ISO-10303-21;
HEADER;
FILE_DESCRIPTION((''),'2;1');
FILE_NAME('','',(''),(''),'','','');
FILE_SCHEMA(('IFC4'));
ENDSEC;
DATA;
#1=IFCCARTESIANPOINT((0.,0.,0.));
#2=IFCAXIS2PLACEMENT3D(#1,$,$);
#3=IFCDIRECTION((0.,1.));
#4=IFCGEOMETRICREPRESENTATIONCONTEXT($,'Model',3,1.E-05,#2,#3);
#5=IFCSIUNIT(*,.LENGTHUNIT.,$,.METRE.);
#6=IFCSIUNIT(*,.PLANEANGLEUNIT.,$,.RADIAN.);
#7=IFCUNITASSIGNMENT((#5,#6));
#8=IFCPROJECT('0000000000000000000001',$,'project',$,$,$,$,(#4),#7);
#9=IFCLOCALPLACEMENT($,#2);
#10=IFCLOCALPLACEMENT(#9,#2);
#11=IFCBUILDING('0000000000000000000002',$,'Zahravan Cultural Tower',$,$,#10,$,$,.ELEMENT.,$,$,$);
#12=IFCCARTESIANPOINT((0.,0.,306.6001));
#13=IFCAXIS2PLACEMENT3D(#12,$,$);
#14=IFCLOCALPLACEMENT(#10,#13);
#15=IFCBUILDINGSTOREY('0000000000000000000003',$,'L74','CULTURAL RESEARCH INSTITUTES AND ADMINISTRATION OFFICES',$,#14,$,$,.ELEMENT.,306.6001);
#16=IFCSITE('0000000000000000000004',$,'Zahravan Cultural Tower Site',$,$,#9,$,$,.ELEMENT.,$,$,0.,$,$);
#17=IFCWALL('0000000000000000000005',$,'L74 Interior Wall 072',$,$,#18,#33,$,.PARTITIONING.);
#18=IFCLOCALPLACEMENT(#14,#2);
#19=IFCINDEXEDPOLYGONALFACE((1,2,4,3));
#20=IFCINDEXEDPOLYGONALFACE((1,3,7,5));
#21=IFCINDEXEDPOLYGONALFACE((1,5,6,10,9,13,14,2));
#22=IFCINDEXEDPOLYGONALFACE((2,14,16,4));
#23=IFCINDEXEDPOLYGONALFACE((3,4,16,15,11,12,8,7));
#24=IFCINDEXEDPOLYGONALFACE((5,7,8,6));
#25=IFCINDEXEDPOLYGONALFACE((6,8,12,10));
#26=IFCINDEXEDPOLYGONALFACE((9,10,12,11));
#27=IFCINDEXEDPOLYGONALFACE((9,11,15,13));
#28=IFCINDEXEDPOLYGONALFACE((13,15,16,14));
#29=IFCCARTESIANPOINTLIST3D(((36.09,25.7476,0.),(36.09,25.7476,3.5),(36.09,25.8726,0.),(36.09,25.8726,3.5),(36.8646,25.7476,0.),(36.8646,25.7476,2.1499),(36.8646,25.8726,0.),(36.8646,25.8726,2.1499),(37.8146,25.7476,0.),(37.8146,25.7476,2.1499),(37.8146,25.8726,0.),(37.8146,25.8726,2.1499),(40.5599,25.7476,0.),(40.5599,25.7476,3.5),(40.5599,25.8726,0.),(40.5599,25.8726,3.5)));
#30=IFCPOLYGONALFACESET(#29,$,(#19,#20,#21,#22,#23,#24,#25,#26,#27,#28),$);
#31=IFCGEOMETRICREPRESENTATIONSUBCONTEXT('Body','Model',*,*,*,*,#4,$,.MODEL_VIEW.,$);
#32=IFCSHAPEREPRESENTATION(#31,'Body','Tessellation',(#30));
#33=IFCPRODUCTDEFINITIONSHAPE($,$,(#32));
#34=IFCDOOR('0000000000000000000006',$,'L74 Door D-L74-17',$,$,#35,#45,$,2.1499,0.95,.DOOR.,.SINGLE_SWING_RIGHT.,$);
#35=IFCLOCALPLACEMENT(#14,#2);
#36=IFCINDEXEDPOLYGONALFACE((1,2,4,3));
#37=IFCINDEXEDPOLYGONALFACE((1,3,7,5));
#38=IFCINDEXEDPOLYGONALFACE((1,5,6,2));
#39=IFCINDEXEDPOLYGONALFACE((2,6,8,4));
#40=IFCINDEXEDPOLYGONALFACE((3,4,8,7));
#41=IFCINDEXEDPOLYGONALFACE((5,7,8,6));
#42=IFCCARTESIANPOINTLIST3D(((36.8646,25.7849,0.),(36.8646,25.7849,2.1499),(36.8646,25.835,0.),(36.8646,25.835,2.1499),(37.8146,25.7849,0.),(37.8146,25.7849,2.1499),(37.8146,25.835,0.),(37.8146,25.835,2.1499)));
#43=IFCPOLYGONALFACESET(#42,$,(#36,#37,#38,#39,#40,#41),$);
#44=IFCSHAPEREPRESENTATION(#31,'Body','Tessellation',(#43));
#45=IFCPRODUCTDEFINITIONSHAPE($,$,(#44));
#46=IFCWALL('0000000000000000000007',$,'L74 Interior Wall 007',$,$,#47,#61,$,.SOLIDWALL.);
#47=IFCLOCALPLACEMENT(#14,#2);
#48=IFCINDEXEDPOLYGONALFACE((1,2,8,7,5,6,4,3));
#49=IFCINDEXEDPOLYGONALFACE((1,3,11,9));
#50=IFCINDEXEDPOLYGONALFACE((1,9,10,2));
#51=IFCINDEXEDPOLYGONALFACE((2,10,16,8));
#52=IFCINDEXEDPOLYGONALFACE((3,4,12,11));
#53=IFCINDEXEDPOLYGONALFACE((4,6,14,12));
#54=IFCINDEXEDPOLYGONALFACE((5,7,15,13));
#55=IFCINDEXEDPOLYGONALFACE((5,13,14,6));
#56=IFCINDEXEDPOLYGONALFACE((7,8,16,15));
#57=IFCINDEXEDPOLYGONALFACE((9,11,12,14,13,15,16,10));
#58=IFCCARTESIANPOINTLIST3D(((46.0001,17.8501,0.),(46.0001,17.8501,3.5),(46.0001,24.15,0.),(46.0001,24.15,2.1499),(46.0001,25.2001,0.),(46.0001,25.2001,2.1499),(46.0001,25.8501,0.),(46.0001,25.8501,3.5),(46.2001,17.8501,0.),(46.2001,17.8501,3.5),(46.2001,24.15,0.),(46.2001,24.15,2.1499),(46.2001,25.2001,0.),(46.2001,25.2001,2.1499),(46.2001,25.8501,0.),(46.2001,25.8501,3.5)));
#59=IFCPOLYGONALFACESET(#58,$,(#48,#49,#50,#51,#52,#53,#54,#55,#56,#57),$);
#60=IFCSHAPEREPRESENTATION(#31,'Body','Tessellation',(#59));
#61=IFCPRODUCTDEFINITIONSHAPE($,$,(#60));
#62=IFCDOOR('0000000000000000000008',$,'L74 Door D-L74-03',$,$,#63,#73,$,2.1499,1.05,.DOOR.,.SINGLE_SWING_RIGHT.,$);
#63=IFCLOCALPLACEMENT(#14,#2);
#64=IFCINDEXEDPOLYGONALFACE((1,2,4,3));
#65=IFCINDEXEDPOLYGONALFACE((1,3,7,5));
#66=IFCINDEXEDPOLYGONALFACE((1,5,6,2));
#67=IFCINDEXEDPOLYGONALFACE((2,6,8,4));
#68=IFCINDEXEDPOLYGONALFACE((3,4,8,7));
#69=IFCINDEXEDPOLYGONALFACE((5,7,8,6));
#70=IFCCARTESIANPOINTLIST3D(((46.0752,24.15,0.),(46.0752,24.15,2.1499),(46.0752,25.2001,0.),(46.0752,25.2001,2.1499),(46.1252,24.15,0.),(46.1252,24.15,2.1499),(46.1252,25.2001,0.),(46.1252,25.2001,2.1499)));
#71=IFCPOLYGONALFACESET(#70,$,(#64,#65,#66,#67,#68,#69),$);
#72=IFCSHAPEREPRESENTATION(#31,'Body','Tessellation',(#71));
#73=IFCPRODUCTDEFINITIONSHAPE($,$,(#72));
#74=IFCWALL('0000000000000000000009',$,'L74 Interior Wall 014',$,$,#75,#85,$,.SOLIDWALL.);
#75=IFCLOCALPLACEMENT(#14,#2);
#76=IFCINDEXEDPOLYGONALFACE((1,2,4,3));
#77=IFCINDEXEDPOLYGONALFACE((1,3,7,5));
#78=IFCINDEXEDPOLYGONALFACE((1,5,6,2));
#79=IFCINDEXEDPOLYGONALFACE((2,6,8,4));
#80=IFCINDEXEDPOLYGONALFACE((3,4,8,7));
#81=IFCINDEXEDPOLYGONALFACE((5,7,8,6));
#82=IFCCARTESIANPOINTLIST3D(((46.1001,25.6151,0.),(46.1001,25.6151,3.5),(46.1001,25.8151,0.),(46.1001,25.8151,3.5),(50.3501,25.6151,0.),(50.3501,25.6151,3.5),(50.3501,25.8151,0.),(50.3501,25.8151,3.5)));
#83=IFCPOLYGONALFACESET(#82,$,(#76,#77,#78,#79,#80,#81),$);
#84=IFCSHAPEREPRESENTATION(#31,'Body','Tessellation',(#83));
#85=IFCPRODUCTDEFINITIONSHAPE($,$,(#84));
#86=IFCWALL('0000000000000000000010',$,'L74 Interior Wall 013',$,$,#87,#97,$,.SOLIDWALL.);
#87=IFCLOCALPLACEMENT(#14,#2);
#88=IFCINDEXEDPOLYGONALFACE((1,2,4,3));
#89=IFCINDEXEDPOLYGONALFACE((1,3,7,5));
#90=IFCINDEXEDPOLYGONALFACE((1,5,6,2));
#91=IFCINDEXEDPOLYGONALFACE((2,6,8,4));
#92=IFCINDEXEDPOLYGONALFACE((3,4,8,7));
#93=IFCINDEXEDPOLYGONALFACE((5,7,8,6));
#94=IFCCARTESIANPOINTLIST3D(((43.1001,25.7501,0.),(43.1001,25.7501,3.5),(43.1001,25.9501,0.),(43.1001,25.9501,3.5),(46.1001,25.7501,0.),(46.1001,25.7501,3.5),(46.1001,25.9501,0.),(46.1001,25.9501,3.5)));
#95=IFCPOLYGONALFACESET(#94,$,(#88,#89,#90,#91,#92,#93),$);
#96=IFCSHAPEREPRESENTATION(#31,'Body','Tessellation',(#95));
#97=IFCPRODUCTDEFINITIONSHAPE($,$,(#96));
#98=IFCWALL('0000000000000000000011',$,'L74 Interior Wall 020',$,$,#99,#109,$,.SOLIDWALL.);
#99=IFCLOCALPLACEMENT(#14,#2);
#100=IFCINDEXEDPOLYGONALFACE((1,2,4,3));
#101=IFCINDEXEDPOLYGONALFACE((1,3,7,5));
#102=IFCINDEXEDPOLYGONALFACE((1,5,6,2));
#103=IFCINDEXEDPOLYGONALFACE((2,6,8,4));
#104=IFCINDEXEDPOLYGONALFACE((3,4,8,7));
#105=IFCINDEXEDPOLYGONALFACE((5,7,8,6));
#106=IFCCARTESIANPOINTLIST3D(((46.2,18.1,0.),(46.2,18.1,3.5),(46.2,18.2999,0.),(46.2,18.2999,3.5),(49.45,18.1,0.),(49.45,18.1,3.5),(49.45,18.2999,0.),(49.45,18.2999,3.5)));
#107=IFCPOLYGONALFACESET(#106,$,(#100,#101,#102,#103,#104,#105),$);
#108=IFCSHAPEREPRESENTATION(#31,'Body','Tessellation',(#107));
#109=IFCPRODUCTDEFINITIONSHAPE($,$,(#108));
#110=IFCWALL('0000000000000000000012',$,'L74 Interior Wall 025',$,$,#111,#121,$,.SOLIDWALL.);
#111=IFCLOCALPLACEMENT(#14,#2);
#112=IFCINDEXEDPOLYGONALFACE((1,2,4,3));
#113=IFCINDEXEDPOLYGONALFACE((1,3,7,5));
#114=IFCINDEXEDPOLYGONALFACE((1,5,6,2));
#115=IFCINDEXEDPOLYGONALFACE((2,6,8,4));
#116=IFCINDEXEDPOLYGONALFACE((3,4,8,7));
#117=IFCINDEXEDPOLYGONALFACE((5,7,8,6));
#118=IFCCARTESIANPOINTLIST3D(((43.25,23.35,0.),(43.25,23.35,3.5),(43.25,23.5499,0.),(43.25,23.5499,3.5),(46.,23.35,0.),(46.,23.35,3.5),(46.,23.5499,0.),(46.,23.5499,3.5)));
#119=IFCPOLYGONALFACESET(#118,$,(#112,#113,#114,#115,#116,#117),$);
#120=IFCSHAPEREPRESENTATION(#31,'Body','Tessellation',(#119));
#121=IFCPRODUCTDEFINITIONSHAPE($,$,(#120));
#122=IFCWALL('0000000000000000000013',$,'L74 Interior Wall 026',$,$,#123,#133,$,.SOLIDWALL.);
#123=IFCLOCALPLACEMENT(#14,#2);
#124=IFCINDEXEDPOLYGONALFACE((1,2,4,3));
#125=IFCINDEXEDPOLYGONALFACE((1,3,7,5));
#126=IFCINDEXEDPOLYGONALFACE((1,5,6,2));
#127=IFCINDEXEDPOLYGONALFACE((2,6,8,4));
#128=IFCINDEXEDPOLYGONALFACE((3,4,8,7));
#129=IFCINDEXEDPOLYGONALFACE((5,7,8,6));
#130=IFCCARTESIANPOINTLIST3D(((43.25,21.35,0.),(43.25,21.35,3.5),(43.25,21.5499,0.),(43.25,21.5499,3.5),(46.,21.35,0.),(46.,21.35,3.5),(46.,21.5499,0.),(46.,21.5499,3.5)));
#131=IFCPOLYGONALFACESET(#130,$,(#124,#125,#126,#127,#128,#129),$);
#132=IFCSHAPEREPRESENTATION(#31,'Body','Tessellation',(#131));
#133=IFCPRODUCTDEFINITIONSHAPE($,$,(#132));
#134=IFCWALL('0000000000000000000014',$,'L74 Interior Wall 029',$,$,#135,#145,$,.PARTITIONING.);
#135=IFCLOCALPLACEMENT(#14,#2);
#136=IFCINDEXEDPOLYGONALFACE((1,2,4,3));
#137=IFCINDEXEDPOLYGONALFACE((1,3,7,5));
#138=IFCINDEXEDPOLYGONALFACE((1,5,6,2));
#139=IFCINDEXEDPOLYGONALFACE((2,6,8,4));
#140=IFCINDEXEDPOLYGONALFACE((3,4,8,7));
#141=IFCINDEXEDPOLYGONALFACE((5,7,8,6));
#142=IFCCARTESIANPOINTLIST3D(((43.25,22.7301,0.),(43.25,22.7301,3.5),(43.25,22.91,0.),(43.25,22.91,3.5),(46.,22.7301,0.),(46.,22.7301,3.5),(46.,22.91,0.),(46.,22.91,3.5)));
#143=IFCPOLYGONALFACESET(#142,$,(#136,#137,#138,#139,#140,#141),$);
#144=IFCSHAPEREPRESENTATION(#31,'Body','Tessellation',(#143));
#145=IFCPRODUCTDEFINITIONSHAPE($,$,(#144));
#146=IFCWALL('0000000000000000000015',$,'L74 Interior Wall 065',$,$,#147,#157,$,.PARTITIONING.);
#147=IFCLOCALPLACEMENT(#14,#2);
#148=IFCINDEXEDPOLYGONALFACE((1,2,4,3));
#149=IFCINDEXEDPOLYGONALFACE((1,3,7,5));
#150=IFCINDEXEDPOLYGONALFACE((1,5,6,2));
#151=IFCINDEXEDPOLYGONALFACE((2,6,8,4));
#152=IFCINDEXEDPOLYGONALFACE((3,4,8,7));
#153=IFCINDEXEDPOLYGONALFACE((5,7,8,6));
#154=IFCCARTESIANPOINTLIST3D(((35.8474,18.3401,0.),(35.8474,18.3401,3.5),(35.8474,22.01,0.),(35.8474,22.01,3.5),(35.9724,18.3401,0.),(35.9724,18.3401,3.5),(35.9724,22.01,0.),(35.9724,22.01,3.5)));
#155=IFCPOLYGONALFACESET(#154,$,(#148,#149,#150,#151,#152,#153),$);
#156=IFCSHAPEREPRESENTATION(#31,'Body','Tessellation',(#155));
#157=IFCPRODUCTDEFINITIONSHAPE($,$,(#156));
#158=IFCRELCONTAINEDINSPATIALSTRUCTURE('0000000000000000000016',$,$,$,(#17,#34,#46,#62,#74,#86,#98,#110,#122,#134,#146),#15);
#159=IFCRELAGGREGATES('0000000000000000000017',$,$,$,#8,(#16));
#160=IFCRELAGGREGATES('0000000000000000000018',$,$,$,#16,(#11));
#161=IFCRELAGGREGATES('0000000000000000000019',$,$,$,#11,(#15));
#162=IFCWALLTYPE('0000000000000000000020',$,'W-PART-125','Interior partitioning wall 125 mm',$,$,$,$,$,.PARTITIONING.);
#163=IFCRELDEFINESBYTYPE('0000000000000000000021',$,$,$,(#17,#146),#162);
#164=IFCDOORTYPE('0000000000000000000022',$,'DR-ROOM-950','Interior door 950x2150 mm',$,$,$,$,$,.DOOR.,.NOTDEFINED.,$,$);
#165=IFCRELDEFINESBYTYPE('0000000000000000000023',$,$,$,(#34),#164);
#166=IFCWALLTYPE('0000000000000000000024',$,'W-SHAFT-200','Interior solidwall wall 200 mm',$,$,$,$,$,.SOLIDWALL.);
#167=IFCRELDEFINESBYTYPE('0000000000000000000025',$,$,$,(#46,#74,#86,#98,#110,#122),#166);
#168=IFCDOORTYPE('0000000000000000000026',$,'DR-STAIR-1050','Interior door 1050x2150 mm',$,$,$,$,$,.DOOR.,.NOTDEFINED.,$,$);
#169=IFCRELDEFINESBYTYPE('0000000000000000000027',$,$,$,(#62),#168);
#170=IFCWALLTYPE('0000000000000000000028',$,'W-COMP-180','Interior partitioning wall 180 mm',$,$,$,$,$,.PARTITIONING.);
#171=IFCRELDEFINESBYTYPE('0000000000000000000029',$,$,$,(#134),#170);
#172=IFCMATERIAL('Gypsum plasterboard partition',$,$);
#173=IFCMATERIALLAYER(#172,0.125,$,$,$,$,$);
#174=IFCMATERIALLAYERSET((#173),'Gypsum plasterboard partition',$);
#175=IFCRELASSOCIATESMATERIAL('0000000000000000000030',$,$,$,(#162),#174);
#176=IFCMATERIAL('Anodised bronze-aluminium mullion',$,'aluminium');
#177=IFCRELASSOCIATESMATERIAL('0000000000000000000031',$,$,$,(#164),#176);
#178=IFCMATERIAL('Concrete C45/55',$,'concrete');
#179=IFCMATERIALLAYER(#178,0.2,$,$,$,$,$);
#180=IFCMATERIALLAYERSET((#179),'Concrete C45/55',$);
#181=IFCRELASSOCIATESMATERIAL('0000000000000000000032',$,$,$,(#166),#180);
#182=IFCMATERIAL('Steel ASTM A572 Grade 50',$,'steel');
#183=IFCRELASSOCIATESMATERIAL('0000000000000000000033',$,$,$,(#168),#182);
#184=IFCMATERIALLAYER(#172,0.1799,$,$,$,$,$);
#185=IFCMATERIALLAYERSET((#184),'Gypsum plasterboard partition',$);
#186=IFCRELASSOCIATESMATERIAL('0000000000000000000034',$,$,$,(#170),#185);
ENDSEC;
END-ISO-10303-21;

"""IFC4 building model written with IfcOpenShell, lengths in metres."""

from ifc_helpers import new_model, si_unit, direction, frame, frame_2d, origin, place, context, subcontext, project, spatial, rectangle, extrude, source, transform, mapped, material, layer, layer_set, type_object, element, fill, save


model = new_model("IFC4")

# Units and contexts
model_context = context("Model", 3, precision=1e-05, world=origin(), true_north=direction((0.0, 1.0)))
body_context = subcontext(model_context, "Body", "Model", "MODEL_VIEW")
ifc_project = project(units=[si_unit("LENGTHUNIT", "METRE"), si_unit("PLANEANGLEUNIT", "RADIAN")], contexts=[model_context])

# Site, building, storey
site_placement = place(None, origin())
site = spatial("IfcSite", under=ifc_project, at=site_placement, Name="Zahravan Cultural Tower Site", CompositionType="ELEMENT", RefElevation=0.0)
building_placement = place(site_placement, origin())
building = spatial("IfcBuilding", under=site, at=building_placement, Name="Zahravan Cultural Tower", CompositionType="ELEMENT")
storey_placement = place(building_placement, frame((0.0, 0.0, 306.6001)))
storey = spatial("IfcBuildingStorey", under=building, at=storey_placement, Name="L74", Description="CULTURAL RESEARCH INSTITUTES AND ADMINISTRATION OFFICES", CompositionType="ELEMENT", Elevation=306.6001)

# Walls, openings, doors
ifc_material_1 = material(Name="Gypsum plasterboard partition")
ifc_layer_1 = layer(ifc_material_1, 0.125)
ifc_layer_set_1 = layer_set([ifc_layer_1], Name="Gypsum plasterboard partition")
wall_type_1 = type_object("IfcWallType", Name="W-PART-125", Description="Interior partitioning wall 125 mm", PredefinedType="PARTITIONING", material=ifc_layer_set_1)
ifc_material_2 = material(Name="Anodised bronze-aluminium mullion", Category="aluminium")
door_type_1 = type_object("IfcDoorType", Name="DR-ROOM-950", Description="Interior door 950x2150 mm", OperationType="NOTDEFINED", PredefinedType="DOOR", material=ifc_material_2)
shared_shape_1 = source(origin(), body_context, "Body", "SweptSolid", [
    extrude(rectangle(XDim=0.95, YDim=2.1499, at=frame_2d((0.4751, 1.075))), frame((0.0, 0.0249, 0.0), z_axis=(0.0, -1.0, 0.0), x_axis=(1.0, 0.0, 0.0)), (0.0, 0.0, 1.0), 0.05),
])
wall_1_placement = place(storey_placement, frame((36.0901, 25.8101, 0.0), z_axis=(0.0, 0.0, 1.0), x_axis=(1.0, 0.0, 0.0)))
wall_1 = element("IfcWall", 1, at=wall_1_placement, inside=storey, type_object=wall_type_1, Name="L74 Interior Wall 072", PredefinedType="PARTITIONING", context=body_context, shape_type="SweptSolid", body=[
    extrude(rectangle(XDim=4.47, YDim=0.125, at=frame_2d((2.2349, 0.0))), origin(), (0.0, 0.0, 1.0), 3.5),
])
opening_1_placement = place(wall_1_placement, frame((0.7744, 0.0, 0.0)))
opening_1 = element("IfcOpeningElement", 2, at=opening_1_placement, cuts=wall_1, PredefinedType="OPENING", context=body_context, shape_type="SweptSolid", body=[
    extrude(rectangle(XDim=0.95, YDim=2.1499, at=frame_2d((0.4751, 1.075))), frame((0.0, 0.0725, 0.0), z_axis=(0.0, -1.0, 0.0), x_axis=(1.0, 0.0, 0.0)), (0.0, 0.0, 1.0), 0.145),
])
door_1_placement = place(opening_1_placement, origin())
door_1 = element("IfcDoor", 3, at=door_1_placement, inside=storey, type_object=door_type_1, Name="L74 Door D-L74-17", OperationType="SINGLE_SWING_RIGHT", OverallHeight=2.1499, OverallWidth=0.95, PredefinedType="DOOR", context=body_context, shape_type="MappedRepresentation", body=[
    mapped(shared_shape_1, transform((0.0, 0.0, 0.0), x_axis=(1.0, 0.0, 0.0), y_axis=(0.0, 1.0, 0.0), z_axis=(0.0, 0.0, 1.0), scale=1.0)),
])
fill(opening_1, door_1)
ifc_material_3 = material(Name="Concrete C45/55", Category="concrete")
ifc_layer_2 = layer(ifc_material_3, 0.2)
ifc_layer_set_2 = layer_set([ifc_layer_2], Name="Concrete C45/55")
wall_type_2 = type_object("IfcWallType", Name="W-SHAFT-200", Description="Interior solidwall wall 200 mm", PredefinedType="SOLIDWALL", material=ifc_layer_set_2)
wall_2_placement = place(storey_placement, frame((46.1001, 17.8501, 0.0), z_axis=(0.0, 0.0, 1.0), x_axis=(0.0, 1.0, 0.0)))
wall_2 = element("IfcWall", 4, at=wall_2_placement, inside=storey, type_object=wall_type_2, Name="L74 Interior Wall 007", PredefinedType="SOLIDWALL", context=body_context, shape_type="SweptSolid", body=[
    extrude(rectangle(XDim=8.0, YDim=0.2, at=frame_2d((4.0, 0.0))), origin(), (0.0, 0.0, 1.0), 3.5),
])
opening_2_placement = place(wall_2_placement, frame((6.3, 0.0, 0.0)))
opening_2 = element("IfcOpeningElement", 5, at=opening_2_placement, cuts=wall_2, PredefinedType="OPENING", context=body_context, shape_type="SweptSolid", body=[
    extrude(rectangle(XDim=1.05, YDim=2.1499, at=frame_2d((0.5249, 1.075))), frame((0.0, 0.1099, 0.0), z_axis=(0.0, -1.0, 0.0), x_axis=(1.0, 0.0, 0.0)), (0.0, 0.0, 1.0), 0.22),
])
ifc_material_4 = material(Name="Steel ASTM A572 Grade 50", Category="steel")
door_type_2 = type_object("IfcDoorType", Name="DR-STAIR-1050", Description="Interior door 1050x2150 mm", OperationType="NOTDEFINED", PredefinedType="DOOR", material=ifc_material_4)
shared_shape_2 = source(origin(), body_context, "Body", "SweptSolid", [
    extrude(rectangle(XDim=1.05, YDim=2.1499, at=frame_2d((0.5249, 1.075))), frame((0.0, 0.0249, 0.0), z_axis=(0.0, -1.0, 0.0), x_axis=(1.0, 0.0, 0.0)), (0.0, 0.0, 1.0), 0.05),
])
door_2_placement = place(opening_2_placement, origin())
door_2 = element("IfcDoor", 6, at=door_2_placement, inside=storey, type_object=door_type_2, Name="L74 Door D-L74-03", OperationType="SINGLE_SWING_RIGHT", OverallHeight=2.1499, OverallWidth=1.05, PredefinedType="DOOR", context=body_context, shape_type="MappedRepresentation", body=[
    mapped(shared_shape_2, transform((0.0, 0.0, 0.0), x_axis=(1.0, 0.0, 0.0), y_axis=(0.0, 1.0, 0.0), z_axis=(0.0, 0.0, 1.0), scale=1.0)),
])
fill(opening_2, door_2)

# Walls
shared_shape_3 = source(origin(), body_context, "Body", "SweptSolid", [
    extrude(rectangle(XDim=4.25, YDim=0.2, at=frame_2d((2.125, 0.0))), origin(), (0.0, 0.0, 1.0), 3.5),
])
wall_3_placement = place(storey_placement, frame((46.1001, 25.7151, 0.0), z_axis=(0.0, 0.0, 1.0), x_axis=(1.0, 0.0, 0.0)))
element("IfcWall", 7, at=wall_3_placement, inside=storey, type_object=wall_type_2, Name="L74 Interior Wall 014", PredefinedType="SOLIDWALL", context=body_context, shape_type="MappedRepresentation", body=[
    mapped(shared_shape_3, transform((0.0, 0.0, 0.0), x_axis=(1.0, 0.0, 0.0), y_axis=(0.0, 1.0, 0.0), z_axis=(0.0, 0.0, 1.0), scale=1.0)),
])
shared_shape_4 = source(origin(), body_context, "Body", "SweptSolid", [
    extrude(rectangle(XDim=3.0, YDim=0.2, at=frame_2d((1.5, 0.0))), origin(), (0.0, 0.0, 1.0), 3.5),
])
wall_4_placement = place(storey_placement, frame((43.1001, 25.8501, 0.0), z_axis=(0.0, 0.0, 1.0), x_axis=(1.0, 0.0, 0.0)))
element("IfcWall", 8, at=wall_4_placement, inside=storey, type_object=wall_type_2, Name="L74 Interior Wall 013", PredefinedType="SOLIDWALL", context=body_context, shape_type="MappedRepresentation", body=[
    mapped(shared_shape_4, transform((0.0, 0.0, 0.0), x_axis=(1.0, 0.0, 0.0), y_axis=(0.0, 1.0, 0.0), z_axis=(0.0, 0.0, 1.0), scale=1.0)),
])
shared_shape_5 = source(origin(), body_context, "Body", "SweptSolid", [
    extrude(rectangle(XDim=3.25, YDim=0.2, at=frame_2d((1.625, 0.0))), origin(), (0.0, 0.0, 1.0), 3.5),
])
wall_5_placement = place(storey_placement, frame((46.2, 18.2, 0.0), z_axis=(0.0, 0.0, 1.0), x_axis=(1.0, 0.0, 0.0)))
element("IfcWall", 9, at=wall_5_placement, inside=storey, type_object=wall_type_2, Name="L74 Interior Wall 020", PredefinedType="SOLIDWALL", context=body_context, shape_type="MappedRepresentation", body=[
    mapped(shared_shape_5, transform((0.0, 0.0, 0.0), x_axis=(1.0, 0.0, 0.0), y_axis=(0.0, 1.0, 0.0), z_axis=(0.0, 0.0, 1.0), scale=1.0)),
])
shared_shape_6 = source(origin(), body_context, "Body", "SweptSolid", [
    extrude(rectangle(XDim=2.75, YDim=0.2, at=frame_2d((1.375, 0.0))), origin(), (0.0, 0.0, 1.0), 3.5),
])
for number, where, z_axis, x_axis, name in (
    (10, (43.25, 23.45, 0.0), (0.0, 0.0, 1.0), (1.0, 0.0, 0.0), "L74 Interior Wall 025"),
    (11, (43.25, 21.45, 0.0), (0.0, 0.0, 1.0), (1.0, 0.0, 0.0), "L74 Interior Wall 026"),
):
    element("IfcWall", number, at=place(storey_placement, frame(where, z_axis=z_axis, x_axis=x_axis)), inside=storey, type_object=wall_type_2, Name=name, PredefinedType="SOLIDWALL", context=body_context, shape_type="MappedRepresentation", body=[
        mapped(shared_shape_6, transform((0.0, 0.0, 0.0), x_axis=(1.0, 0.0, 0.0), y_axis=(0.0, 1.0, 0.0), z_axis=(0.0, 0.0, 1.0), scale=1.0)),
    ])
ifc_layer_3 = layer(ifc_material_1, 0.1799)
ifc_layer_set_3 = layer_set([ifc_layer_3], Name="Gypsum plasterboard partition")
wall_type_3 = type_object("IfcWallType", Name="W-COMP-180", Description="Interior partitioning wall 180 mm", PredefinedType="PARTITIONING", material=ifc_layer_set_3)
shared_shape_7 = source(origin(), body_context, "Body", "SweptSolid", [
    extrude(rectangle(XDim=2.75, YDim=0.1799, at=frame_2d((1.375, 0.0))), origin(), (0.0, 0.0, 1.0), 3.5),
])
wall_6_placement = place(storey_placement, frame((43.25, 22.8201, 0.0), z_axis=(0.0, 0.0, 1.0), x_axis=(1.0, 0.0, 0.0)))
element("IfcWall", 12, at=wall_6_placement, inside=storey, type_object=wall_type_3, Name="L74 Interior Wall 029", PredefinedType="PARTITIONING", context=body_context, shape_type="MappedRepresentation", body=[
    mapped(shared_shape_7, transform((0.0, 0.0, 0.0), x_axis=(1.0, 0.0, 0.0), y_axis=(0.0, 1.0, 0.0), z_axis=(0.0, 0.0, 1.0), scale=1.0)),
])
shared_shape_8 = source(origin(), body_context, "Body", "SweptSolid", [
    extrude(rectangle(XDim=3.6699, YDim=0.125, at=frame_2d((1.835, 0.0))), origin(), (0.0, 0.0, 1.0), 3.5),
])
wall_7_placement = place(storey_placement, frame((35.9099, 22.01, 0.0), z_axis=(0.0, 0.0, 1.0), x_axis=(0.0, -1.0, 0.0)))
element("IfcWall", 13, at=wall_7_placement, inside=storey, type_object=wall_type_1, Name="L74 Interior Wall 065", PredefinedType="PARTITIONING", context=body_context, shape_type="MappedRepresentation", body=[
    mapped(shared_shape_8, transform((0.0, 0.0, 0.0), x_axis=(1.0, 0.0, 0.0), y_axis=(0.0, 1.0, 0.0), z_axis=(0.0, 0.0, 1.0), scale=1.0)),
])

save(model, "model.ifc")
